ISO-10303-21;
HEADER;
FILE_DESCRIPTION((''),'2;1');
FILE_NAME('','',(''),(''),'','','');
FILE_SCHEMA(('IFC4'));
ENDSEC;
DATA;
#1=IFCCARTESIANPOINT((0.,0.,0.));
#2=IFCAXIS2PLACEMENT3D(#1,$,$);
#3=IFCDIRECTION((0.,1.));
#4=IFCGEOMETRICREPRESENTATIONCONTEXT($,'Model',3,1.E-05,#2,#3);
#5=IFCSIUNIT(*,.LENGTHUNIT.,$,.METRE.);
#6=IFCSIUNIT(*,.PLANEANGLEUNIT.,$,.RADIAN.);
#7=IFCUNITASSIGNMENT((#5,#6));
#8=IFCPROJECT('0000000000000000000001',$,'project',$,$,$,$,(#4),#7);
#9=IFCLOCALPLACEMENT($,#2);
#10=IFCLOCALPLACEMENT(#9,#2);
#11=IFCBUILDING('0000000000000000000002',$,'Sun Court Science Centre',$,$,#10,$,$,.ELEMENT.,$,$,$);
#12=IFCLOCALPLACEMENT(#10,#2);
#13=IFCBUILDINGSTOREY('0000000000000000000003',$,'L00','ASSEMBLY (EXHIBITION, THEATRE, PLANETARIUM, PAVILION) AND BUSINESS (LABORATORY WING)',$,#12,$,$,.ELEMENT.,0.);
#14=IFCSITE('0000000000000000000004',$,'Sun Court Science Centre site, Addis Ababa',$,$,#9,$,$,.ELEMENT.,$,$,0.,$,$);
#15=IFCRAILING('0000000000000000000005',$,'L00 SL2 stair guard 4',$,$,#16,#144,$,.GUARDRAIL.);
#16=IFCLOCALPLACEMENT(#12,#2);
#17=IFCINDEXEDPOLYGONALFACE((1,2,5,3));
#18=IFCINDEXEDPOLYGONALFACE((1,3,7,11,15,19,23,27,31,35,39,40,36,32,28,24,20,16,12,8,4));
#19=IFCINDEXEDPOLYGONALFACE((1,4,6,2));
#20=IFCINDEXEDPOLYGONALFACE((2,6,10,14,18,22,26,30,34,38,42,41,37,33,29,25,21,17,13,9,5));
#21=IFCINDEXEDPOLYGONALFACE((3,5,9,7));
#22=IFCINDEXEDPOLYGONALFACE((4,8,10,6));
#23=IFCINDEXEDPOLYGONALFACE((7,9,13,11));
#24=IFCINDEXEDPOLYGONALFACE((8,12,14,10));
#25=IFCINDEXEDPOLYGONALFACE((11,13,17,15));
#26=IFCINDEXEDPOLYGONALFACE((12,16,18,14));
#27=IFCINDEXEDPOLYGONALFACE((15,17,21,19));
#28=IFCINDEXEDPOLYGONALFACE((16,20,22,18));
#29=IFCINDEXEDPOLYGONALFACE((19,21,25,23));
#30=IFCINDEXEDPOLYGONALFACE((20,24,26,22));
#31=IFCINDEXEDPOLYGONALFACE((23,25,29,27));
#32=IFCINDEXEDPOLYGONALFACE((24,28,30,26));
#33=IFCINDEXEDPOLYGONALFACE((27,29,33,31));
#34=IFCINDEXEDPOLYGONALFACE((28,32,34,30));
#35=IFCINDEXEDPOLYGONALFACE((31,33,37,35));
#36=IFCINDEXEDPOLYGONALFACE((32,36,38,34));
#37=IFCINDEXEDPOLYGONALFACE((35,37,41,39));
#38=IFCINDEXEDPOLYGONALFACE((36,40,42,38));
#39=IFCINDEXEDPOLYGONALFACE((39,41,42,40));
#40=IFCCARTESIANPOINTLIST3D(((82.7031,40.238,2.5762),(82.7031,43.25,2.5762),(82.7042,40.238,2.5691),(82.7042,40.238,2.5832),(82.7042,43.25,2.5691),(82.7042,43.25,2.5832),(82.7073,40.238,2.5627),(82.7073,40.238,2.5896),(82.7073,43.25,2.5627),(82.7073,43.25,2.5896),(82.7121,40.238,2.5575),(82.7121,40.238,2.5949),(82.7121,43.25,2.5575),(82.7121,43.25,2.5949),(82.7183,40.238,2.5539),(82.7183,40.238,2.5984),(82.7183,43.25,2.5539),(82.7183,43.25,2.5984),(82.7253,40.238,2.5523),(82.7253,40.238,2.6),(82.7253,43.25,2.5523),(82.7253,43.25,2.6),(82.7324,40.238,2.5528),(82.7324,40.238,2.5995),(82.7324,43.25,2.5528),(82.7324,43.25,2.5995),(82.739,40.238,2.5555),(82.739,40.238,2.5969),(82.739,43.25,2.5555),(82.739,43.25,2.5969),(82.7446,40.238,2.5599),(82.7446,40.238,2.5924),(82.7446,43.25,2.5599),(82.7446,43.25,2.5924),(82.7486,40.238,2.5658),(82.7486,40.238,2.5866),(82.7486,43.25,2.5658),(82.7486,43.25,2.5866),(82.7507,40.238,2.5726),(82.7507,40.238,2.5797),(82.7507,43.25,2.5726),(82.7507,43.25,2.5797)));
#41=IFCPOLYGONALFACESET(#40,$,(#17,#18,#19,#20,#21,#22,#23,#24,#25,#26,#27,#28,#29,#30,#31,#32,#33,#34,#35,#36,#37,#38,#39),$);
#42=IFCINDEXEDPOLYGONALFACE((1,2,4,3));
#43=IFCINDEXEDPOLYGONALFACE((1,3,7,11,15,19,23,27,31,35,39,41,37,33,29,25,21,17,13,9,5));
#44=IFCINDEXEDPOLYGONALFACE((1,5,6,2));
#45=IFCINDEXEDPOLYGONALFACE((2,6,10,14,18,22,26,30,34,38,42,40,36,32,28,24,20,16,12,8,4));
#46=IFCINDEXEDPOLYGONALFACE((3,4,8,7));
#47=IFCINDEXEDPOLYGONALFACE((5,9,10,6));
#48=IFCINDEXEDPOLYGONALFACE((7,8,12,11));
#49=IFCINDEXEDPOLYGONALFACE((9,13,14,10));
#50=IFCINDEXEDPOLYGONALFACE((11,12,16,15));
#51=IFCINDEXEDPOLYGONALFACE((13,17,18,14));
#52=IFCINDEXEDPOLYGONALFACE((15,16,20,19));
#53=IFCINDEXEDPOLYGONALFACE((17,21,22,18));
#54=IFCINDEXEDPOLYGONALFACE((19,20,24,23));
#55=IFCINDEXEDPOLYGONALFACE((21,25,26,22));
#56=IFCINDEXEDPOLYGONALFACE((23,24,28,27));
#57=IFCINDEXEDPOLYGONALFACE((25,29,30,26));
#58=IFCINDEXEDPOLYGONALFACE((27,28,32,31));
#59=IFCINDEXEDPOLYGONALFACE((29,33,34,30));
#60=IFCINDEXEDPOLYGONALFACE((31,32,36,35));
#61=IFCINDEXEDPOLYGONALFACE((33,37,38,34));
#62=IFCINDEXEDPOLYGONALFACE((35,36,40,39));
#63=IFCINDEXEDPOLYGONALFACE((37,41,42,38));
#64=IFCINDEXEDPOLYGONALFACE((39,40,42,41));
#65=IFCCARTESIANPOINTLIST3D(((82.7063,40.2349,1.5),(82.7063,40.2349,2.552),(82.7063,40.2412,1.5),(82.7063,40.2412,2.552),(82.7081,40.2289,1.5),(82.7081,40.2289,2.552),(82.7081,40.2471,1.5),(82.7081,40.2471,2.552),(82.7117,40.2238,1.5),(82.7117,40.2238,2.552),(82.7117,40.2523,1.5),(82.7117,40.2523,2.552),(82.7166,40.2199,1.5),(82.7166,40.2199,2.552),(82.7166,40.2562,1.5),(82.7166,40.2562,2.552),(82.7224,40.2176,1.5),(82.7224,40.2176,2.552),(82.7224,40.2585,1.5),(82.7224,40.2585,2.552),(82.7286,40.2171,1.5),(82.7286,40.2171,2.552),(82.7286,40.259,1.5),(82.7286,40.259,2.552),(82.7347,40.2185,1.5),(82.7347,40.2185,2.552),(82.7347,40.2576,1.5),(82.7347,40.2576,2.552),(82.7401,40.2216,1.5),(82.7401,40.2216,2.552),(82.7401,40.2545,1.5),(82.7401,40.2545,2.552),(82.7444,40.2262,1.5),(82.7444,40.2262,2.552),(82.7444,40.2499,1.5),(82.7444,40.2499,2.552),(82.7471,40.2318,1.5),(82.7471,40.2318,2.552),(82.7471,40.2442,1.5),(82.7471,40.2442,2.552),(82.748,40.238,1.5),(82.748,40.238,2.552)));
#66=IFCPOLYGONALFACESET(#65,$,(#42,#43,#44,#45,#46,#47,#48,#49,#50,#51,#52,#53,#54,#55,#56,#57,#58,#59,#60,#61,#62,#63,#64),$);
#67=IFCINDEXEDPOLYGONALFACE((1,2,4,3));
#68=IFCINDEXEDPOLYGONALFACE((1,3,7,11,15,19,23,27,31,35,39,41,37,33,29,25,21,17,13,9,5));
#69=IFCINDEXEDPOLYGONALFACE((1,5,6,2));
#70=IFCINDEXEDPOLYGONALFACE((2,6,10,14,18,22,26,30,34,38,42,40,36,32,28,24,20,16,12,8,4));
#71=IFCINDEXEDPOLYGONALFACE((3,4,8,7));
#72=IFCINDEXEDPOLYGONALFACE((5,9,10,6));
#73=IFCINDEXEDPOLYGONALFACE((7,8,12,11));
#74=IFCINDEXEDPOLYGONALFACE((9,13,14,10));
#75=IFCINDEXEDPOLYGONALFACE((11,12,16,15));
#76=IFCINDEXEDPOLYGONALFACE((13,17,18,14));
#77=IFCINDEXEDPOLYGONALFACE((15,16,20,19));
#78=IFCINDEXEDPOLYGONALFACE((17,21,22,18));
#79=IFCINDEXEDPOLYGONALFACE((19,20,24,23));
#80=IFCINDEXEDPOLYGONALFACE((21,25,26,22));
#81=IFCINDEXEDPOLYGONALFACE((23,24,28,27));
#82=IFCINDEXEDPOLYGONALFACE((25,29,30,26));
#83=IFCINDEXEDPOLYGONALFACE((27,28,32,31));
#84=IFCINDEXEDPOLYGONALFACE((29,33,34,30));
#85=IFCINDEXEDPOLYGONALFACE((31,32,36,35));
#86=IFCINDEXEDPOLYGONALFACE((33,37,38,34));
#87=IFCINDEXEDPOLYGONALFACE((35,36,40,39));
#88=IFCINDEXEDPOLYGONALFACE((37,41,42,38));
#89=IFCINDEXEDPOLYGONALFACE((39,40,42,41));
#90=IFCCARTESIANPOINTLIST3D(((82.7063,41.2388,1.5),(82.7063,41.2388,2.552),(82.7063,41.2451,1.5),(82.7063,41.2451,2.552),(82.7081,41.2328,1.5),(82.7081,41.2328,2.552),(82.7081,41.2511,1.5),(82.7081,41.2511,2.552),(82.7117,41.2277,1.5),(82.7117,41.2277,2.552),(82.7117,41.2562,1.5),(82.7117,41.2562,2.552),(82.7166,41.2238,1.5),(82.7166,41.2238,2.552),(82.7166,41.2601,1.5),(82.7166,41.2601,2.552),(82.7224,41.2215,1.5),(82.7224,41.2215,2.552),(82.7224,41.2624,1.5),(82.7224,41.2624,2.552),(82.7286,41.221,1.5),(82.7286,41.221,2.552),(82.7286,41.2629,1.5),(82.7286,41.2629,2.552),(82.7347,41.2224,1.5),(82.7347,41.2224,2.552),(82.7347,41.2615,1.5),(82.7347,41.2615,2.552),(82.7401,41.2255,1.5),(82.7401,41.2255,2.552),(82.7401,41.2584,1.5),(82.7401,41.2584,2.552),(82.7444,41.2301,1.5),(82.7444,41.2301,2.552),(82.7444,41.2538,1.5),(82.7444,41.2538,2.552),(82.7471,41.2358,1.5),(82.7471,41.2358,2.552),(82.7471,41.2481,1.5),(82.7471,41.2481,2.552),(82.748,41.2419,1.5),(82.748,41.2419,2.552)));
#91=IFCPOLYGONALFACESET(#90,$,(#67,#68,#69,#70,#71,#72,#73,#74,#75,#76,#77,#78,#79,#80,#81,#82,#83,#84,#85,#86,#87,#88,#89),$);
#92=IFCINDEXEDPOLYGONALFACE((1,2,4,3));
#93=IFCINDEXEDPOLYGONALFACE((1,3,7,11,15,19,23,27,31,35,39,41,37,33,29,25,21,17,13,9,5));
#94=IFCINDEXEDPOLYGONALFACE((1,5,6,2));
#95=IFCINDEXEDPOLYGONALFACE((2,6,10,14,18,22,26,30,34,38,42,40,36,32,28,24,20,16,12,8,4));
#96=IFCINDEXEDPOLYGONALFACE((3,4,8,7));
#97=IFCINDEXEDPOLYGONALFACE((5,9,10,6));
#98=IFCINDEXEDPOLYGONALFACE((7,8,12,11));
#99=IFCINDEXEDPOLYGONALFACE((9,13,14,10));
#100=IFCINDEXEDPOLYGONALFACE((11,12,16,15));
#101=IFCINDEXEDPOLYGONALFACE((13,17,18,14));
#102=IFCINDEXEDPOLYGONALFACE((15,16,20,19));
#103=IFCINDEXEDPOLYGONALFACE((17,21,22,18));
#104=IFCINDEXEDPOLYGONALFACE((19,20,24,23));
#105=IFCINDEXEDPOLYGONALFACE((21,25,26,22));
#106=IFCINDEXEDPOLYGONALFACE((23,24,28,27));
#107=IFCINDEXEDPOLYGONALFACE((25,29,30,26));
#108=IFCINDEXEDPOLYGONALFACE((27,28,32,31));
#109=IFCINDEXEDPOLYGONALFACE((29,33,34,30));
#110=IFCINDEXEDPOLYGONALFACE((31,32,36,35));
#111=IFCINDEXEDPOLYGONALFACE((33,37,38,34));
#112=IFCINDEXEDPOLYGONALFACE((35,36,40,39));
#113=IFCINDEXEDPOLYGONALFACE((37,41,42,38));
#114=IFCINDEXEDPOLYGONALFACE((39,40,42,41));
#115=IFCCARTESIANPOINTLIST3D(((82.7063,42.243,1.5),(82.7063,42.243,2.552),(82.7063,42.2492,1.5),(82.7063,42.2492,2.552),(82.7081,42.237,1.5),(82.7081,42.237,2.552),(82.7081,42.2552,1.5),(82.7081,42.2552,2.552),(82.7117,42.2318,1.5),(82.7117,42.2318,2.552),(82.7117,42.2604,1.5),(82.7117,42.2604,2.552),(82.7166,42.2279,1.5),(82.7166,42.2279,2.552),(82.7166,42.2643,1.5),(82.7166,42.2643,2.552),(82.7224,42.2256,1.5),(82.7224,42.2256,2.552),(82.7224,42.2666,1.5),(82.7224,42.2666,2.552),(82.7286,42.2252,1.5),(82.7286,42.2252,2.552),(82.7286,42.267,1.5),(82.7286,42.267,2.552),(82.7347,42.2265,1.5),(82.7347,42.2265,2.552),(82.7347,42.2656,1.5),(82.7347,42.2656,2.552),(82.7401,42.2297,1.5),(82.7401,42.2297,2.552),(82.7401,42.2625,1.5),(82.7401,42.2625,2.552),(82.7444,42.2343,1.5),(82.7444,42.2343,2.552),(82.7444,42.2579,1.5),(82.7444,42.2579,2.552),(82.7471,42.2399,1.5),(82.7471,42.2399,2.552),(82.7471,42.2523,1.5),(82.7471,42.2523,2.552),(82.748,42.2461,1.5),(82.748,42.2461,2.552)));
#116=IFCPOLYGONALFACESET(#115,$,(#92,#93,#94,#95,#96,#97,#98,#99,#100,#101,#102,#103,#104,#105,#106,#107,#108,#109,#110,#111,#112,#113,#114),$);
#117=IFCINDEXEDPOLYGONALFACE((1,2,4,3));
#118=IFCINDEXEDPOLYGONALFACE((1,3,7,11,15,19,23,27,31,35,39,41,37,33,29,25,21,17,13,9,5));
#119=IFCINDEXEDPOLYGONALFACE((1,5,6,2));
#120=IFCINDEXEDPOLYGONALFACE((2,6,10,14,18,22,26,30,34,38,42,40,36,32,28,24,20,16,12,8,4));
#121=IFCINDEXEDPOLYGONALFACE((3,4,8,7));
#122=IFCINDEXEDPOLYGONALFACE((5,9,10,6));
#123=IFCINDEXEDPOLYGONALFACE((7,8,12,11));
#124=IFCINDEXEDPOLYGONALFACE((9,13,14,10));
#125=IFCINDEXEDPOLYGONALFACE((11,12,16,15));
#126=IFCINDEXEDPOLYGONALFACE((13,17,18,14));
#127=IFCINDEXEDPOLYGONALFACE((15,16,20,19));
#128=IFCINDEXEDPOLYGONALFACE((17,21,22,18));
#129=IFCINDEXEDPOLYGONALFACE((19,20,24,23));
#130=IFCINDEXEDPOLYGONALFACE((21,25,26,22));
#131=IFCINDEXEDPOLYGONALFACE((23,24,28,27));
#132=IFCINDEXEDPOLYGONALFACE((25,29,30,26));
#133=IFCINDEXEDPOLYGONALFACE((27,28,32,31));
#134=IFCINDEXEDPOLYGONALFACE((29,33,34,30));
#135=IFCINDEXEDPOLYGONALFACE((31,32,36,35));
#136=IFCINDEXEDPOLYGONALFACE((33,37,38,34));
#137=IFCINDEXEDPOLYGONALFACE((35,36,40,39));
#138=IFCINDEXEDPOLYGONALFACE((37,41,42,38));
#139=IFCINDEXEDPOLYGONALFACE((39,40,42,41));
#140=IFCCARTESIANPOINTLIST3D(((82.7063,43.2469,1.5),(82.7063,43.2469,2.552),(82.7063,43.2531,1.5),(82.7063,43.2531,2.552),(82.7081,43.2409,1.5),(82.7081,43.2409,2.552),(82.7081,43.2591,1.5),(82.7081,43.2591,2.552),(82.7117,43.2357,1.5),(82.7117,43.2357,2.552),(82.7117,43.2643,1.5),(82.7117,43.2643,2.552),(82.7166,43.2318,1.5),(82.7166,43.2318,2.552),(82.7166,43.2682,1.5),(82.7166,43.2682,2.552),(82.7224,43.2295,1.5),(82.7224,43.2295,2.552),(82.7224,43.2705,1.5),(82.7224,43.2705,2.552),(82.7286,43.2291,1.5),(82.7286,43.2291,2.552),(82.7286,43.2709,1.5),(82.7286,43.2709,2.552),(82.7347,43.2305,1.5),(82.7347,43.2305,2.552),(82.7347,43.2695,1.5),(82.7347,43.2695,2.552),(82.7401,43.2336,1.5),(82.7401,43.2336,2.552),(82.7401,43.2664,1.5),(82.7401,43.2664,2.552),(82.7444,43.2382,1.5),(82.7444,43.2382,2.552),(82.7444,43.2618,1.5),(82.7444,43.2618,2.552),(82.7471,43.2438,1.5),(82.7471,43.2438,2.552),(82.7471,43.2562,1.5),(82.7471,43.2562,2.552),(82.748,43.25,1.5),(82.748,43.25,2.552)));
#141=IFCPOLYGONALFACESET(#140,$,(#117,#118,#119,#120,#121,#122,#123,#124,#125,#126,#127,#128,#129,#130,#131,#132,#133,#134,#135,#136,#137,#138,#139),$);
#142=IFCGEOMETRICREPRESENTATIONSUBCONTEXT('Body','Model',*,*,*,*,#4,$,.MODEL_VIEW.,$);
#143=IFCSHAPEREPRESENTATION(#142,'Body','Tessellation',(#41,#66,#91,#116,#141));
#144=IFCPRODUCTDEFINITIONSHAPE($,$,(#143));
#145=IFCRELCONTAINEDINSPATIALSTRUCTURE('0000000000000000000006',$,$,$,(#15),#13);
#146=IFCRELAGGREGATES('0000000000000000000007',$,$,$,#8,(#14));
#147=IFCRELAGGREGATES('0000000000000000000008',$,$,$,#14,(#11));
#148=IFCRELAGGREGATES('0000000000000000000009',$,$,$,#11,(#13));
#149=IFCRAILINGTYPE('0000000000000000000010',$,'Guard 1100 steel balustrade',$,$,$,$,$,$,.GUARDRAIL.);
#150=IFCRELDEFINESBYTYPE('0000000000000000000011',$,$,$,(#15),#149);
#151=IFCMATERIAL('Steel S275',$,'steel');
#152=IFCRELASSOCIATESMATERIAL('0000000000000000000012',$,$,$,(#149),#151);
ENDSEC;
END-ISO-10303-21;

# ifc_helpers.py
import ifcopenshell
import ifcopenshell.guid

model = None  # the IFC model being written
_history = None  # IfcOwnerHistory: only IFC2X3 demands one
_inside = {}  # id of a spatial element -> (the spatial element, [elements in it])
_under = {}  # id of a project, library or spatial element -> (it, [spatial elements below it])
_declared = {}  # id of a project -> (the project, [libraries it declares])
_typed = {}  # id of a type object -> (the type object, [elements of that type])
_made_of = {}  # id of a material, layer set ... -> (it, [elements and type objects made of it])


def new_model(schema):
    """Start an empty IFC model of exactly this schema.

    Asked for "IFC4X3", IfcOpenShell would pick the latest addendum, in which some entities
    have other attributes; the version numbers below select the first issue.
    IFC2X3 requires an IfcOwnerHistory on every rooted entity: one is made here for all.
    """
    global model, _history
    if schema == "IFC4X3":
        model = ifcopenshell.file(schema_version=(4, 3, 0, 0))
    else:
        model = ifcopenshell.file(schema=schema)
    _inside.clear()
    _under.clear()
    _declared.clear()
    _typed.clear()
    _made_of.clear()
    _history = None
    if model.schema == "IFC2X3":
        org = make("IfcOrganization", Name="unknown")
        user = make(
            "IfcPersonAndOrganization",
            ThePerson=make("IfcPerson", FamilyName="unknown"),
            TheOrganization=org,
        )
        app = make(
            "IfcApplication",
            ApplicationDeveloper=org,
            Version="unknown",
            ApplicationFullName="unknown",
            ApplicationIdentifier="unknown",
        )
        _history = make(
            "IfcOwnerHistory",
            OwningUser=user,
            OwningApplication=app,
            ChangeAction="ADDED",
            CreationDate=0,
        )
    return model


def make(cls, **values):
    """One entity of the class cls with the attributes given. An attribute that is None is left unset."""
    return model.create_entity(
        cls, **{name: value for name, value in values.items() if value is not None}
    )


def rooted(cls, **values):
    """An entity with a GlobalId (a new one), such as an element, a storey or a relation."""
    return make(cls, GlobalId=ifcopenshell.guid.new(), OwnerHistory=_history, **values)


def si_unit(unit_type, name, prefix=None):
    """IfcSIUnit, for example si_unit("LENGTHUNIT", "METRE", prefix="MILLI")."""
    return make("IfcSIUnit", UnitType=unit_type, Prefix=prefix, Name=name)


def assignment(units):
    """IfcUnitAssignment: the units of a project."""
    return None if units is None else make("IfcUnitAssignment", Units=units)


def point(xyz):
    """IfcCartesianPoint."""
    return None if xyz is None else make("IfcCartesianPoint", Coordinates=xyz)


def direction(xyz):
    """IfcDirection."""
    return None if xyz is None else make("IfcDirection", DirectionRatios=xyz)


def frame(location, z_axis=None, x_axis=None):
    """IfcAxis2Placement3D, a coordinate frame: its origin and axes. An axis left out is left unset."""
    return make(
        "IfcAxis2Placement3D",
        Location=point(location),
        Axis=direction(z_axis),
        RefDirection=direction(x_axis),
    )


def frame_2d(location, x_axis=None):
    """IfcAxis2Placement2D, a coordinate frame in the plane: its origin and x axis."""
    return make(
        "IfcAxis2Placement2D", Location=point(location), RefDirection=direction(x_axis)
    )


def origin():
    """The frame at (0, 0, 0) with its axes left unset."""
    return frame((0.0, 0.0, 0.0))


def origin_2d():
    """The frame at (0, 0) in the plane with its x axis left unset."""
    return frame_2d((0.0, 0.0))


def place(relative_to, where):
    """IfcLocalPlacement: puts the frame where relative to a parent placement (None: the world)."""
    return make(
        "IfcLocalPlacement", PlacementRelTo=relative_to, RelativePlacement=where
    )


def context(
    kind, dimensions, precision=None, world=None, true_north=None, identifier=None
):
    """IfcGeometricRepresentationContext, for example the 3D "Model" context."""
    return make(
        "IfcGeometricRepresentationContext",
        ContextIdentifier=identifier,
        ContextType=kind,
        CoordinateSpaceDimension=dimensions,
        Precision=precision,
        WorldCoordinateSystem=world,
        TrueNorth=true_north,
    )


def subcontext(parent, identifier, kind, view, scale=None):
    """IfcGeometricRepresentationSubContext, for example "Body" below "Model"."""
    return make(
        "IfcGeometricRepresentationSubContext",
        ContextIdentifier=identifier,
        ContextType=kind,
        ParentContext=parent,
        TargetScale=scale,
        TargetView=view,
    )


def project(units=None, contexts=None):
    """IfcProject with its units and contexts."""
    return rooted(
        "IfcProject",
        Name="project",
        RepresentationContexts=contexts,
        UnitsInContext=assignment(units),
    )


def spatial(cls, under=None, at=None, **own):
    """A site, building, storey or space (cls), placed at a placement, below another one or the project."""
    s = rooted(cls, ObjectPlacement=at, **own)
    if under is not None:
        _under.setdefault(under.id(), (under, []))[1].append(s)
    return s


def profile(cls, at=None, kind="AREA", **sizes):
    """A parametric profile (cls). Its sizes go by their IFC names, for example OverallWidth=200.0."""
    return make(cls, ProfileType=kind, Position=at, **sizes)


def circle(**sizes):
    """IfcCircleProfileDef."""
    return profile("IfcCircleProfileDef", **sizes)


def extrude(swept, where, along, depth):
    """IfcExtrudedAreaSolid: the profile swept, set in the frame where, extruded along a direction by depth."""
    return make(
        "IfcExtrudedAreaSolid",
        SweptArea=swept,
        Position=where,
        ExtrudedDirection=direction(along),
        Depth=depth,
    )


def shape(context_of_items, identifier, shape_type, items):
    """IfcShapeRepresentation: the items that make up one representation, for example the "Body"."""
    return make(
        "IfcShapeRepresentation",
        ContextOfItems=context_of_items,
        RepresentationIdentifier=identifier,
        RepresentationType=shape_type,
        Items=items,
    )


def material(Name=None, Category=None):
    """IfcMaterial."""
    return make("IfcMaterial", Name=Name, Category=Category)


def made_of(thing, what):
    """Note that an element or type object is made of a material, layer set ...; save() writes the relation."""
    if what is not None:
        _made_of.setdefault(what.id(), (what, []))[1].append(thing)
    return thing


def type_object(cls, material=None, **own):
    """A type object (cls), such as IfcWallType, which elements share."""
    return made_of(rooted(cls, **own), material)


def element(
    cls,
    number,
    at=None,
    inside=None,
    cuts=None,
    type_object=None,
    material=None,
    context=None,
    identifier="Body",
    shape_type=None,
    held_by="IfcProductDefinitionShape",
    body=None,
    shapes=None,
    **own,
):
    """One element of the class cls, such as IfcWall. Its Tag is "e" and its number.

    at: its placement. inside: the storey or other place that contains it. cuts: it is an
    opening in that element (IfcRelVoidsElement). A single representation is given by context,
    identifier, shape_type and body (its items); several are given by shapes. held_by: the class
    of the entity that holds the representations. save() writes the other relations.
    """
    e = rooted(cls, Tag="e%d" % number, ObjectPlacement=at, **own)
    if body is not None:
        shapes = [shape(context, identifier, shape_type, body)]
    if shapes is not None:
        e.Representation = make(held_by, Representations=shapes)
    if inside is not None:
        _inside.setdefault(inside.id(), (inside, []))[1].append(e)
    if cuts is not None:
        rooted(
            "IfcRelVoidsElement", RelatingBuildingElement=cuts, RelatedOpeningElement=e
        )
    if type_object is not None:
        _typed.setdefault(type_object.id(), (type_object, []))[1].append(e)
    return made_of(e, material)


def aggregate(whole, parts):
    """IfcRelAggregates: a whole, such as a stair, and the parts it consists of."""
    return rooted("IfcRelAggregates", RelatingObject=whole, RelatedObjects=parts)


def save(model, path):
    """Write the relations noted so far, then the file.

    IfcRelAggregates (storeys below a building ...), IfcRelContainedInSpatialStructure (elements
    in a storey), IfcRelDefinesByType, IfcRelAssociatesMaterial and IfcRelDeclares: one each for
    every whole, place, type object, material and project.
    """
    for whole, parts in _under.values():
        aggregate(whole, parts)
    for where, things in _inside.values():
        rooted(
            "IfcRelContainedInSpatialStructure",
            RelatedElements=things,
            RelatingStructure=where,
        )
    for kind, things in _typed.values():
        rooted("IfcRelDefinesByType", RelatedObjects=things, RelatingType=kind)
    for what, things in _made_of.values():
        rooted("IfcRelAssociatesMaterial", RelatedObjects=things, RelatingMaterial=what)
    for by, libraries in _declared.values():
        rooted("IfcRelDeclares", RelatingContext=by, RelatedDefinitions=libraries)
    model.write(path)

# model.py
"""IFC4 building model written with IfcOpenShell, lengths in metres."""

from ifc_helpers import new_model, si_unit, direction, frame, origin, origin_2d, place, context, subcontext, project, spatial, circle, extrude, material, type_object, element, save


model = new_model("IFC4")

# Units and contexts
model_context = context("Model", 3, precision=1e-05, world=origin(), true_north=direction((0.0, 1.0)))
body_context = subcontext(model_context, "Body", "Model", "MODEL_VIEW")
ifc_project = project(units=[si_unit("LENGTHUNIT", "METRE"), si_unit("PLANEANGLEUNIT", "RADIAN")], contexts=[model_context])

# Site, building, storey
site_placement = place(None, origin())
site = spatial("IfcSite", under=ifc_project, at=site_placement, Name="Sun Court Science Centre site, Addis Ababa", CompositionType="ELEMENT", RefElevation=0.0)
building_placement = place(site_placement, origin())
building = spatial("IfcBuilding", under=site, at=building_placement, Name="Sun Court Science Centre", CompositionType="ELEMENT")
storey_placement = place(building_placement, origin())
storey = spatial("IfcBuildingStorey", under=building, at=storey_placement, Name="L00", Description="ASSEMBLY (EXHIBITION, THEATRE, PLANETARIUM, PAVILION) AND BUSINESS (LABORATORY WING)", CompositionType="ELEMENT", Elevation=0.0)

# Railing
ifc_material_1 = material(Name="Steel S275", Category="steel")
railing_type_1 = type_object("IfcRailingType", Name="Guard 1100 steel balustrade", PredefinedType="GUARDRAIL", material=ifc_material_1)
railing_1_placement = place(storey_placement, frame((82.7271, 40.238, 1.5)))
element("IfcRailing", 1, at=railing_1_placement, inside=storey, type_object=railing_type_1, Name="L00 SL2 stair guard 4", PredefinedType="GUARDRAIL", context=body_context, shape_type="SweptSolid", body=[
    extrude(circle(Radius=0.0239, at=origin_2d()), frame((0.0, 0.0, 1.0762), z_axis=(0.0, 1.0, 0.0), x_axis=(-1.0, 0.0, 0.0)), (0.0, 0.0, 1.0), 3.012),
    extrude(circle(Radius=0.021, at=origin_2d()), origin(), (0.0, 0.0, 1.0), 1.052),
    extrude(circle(Radius=0.021, at=origin_2d()), frame((0.0, 1.0039, 0.0)), (0.0, 0.0, 1.0), 1.052),
    extrude(circle(Radius=0.021, at=origin_2d()), frame((0.0, 2.0081, 0.0)), (0.0, 0.0, 1.0), 1.052),
    extrude(circle(Radius=0.021, at=origin_2d()), frame((0.0, 3.012, 0.0)), (0.0, 0.0, 1.0), 1.052),
])

save(model, "model.ifc")
